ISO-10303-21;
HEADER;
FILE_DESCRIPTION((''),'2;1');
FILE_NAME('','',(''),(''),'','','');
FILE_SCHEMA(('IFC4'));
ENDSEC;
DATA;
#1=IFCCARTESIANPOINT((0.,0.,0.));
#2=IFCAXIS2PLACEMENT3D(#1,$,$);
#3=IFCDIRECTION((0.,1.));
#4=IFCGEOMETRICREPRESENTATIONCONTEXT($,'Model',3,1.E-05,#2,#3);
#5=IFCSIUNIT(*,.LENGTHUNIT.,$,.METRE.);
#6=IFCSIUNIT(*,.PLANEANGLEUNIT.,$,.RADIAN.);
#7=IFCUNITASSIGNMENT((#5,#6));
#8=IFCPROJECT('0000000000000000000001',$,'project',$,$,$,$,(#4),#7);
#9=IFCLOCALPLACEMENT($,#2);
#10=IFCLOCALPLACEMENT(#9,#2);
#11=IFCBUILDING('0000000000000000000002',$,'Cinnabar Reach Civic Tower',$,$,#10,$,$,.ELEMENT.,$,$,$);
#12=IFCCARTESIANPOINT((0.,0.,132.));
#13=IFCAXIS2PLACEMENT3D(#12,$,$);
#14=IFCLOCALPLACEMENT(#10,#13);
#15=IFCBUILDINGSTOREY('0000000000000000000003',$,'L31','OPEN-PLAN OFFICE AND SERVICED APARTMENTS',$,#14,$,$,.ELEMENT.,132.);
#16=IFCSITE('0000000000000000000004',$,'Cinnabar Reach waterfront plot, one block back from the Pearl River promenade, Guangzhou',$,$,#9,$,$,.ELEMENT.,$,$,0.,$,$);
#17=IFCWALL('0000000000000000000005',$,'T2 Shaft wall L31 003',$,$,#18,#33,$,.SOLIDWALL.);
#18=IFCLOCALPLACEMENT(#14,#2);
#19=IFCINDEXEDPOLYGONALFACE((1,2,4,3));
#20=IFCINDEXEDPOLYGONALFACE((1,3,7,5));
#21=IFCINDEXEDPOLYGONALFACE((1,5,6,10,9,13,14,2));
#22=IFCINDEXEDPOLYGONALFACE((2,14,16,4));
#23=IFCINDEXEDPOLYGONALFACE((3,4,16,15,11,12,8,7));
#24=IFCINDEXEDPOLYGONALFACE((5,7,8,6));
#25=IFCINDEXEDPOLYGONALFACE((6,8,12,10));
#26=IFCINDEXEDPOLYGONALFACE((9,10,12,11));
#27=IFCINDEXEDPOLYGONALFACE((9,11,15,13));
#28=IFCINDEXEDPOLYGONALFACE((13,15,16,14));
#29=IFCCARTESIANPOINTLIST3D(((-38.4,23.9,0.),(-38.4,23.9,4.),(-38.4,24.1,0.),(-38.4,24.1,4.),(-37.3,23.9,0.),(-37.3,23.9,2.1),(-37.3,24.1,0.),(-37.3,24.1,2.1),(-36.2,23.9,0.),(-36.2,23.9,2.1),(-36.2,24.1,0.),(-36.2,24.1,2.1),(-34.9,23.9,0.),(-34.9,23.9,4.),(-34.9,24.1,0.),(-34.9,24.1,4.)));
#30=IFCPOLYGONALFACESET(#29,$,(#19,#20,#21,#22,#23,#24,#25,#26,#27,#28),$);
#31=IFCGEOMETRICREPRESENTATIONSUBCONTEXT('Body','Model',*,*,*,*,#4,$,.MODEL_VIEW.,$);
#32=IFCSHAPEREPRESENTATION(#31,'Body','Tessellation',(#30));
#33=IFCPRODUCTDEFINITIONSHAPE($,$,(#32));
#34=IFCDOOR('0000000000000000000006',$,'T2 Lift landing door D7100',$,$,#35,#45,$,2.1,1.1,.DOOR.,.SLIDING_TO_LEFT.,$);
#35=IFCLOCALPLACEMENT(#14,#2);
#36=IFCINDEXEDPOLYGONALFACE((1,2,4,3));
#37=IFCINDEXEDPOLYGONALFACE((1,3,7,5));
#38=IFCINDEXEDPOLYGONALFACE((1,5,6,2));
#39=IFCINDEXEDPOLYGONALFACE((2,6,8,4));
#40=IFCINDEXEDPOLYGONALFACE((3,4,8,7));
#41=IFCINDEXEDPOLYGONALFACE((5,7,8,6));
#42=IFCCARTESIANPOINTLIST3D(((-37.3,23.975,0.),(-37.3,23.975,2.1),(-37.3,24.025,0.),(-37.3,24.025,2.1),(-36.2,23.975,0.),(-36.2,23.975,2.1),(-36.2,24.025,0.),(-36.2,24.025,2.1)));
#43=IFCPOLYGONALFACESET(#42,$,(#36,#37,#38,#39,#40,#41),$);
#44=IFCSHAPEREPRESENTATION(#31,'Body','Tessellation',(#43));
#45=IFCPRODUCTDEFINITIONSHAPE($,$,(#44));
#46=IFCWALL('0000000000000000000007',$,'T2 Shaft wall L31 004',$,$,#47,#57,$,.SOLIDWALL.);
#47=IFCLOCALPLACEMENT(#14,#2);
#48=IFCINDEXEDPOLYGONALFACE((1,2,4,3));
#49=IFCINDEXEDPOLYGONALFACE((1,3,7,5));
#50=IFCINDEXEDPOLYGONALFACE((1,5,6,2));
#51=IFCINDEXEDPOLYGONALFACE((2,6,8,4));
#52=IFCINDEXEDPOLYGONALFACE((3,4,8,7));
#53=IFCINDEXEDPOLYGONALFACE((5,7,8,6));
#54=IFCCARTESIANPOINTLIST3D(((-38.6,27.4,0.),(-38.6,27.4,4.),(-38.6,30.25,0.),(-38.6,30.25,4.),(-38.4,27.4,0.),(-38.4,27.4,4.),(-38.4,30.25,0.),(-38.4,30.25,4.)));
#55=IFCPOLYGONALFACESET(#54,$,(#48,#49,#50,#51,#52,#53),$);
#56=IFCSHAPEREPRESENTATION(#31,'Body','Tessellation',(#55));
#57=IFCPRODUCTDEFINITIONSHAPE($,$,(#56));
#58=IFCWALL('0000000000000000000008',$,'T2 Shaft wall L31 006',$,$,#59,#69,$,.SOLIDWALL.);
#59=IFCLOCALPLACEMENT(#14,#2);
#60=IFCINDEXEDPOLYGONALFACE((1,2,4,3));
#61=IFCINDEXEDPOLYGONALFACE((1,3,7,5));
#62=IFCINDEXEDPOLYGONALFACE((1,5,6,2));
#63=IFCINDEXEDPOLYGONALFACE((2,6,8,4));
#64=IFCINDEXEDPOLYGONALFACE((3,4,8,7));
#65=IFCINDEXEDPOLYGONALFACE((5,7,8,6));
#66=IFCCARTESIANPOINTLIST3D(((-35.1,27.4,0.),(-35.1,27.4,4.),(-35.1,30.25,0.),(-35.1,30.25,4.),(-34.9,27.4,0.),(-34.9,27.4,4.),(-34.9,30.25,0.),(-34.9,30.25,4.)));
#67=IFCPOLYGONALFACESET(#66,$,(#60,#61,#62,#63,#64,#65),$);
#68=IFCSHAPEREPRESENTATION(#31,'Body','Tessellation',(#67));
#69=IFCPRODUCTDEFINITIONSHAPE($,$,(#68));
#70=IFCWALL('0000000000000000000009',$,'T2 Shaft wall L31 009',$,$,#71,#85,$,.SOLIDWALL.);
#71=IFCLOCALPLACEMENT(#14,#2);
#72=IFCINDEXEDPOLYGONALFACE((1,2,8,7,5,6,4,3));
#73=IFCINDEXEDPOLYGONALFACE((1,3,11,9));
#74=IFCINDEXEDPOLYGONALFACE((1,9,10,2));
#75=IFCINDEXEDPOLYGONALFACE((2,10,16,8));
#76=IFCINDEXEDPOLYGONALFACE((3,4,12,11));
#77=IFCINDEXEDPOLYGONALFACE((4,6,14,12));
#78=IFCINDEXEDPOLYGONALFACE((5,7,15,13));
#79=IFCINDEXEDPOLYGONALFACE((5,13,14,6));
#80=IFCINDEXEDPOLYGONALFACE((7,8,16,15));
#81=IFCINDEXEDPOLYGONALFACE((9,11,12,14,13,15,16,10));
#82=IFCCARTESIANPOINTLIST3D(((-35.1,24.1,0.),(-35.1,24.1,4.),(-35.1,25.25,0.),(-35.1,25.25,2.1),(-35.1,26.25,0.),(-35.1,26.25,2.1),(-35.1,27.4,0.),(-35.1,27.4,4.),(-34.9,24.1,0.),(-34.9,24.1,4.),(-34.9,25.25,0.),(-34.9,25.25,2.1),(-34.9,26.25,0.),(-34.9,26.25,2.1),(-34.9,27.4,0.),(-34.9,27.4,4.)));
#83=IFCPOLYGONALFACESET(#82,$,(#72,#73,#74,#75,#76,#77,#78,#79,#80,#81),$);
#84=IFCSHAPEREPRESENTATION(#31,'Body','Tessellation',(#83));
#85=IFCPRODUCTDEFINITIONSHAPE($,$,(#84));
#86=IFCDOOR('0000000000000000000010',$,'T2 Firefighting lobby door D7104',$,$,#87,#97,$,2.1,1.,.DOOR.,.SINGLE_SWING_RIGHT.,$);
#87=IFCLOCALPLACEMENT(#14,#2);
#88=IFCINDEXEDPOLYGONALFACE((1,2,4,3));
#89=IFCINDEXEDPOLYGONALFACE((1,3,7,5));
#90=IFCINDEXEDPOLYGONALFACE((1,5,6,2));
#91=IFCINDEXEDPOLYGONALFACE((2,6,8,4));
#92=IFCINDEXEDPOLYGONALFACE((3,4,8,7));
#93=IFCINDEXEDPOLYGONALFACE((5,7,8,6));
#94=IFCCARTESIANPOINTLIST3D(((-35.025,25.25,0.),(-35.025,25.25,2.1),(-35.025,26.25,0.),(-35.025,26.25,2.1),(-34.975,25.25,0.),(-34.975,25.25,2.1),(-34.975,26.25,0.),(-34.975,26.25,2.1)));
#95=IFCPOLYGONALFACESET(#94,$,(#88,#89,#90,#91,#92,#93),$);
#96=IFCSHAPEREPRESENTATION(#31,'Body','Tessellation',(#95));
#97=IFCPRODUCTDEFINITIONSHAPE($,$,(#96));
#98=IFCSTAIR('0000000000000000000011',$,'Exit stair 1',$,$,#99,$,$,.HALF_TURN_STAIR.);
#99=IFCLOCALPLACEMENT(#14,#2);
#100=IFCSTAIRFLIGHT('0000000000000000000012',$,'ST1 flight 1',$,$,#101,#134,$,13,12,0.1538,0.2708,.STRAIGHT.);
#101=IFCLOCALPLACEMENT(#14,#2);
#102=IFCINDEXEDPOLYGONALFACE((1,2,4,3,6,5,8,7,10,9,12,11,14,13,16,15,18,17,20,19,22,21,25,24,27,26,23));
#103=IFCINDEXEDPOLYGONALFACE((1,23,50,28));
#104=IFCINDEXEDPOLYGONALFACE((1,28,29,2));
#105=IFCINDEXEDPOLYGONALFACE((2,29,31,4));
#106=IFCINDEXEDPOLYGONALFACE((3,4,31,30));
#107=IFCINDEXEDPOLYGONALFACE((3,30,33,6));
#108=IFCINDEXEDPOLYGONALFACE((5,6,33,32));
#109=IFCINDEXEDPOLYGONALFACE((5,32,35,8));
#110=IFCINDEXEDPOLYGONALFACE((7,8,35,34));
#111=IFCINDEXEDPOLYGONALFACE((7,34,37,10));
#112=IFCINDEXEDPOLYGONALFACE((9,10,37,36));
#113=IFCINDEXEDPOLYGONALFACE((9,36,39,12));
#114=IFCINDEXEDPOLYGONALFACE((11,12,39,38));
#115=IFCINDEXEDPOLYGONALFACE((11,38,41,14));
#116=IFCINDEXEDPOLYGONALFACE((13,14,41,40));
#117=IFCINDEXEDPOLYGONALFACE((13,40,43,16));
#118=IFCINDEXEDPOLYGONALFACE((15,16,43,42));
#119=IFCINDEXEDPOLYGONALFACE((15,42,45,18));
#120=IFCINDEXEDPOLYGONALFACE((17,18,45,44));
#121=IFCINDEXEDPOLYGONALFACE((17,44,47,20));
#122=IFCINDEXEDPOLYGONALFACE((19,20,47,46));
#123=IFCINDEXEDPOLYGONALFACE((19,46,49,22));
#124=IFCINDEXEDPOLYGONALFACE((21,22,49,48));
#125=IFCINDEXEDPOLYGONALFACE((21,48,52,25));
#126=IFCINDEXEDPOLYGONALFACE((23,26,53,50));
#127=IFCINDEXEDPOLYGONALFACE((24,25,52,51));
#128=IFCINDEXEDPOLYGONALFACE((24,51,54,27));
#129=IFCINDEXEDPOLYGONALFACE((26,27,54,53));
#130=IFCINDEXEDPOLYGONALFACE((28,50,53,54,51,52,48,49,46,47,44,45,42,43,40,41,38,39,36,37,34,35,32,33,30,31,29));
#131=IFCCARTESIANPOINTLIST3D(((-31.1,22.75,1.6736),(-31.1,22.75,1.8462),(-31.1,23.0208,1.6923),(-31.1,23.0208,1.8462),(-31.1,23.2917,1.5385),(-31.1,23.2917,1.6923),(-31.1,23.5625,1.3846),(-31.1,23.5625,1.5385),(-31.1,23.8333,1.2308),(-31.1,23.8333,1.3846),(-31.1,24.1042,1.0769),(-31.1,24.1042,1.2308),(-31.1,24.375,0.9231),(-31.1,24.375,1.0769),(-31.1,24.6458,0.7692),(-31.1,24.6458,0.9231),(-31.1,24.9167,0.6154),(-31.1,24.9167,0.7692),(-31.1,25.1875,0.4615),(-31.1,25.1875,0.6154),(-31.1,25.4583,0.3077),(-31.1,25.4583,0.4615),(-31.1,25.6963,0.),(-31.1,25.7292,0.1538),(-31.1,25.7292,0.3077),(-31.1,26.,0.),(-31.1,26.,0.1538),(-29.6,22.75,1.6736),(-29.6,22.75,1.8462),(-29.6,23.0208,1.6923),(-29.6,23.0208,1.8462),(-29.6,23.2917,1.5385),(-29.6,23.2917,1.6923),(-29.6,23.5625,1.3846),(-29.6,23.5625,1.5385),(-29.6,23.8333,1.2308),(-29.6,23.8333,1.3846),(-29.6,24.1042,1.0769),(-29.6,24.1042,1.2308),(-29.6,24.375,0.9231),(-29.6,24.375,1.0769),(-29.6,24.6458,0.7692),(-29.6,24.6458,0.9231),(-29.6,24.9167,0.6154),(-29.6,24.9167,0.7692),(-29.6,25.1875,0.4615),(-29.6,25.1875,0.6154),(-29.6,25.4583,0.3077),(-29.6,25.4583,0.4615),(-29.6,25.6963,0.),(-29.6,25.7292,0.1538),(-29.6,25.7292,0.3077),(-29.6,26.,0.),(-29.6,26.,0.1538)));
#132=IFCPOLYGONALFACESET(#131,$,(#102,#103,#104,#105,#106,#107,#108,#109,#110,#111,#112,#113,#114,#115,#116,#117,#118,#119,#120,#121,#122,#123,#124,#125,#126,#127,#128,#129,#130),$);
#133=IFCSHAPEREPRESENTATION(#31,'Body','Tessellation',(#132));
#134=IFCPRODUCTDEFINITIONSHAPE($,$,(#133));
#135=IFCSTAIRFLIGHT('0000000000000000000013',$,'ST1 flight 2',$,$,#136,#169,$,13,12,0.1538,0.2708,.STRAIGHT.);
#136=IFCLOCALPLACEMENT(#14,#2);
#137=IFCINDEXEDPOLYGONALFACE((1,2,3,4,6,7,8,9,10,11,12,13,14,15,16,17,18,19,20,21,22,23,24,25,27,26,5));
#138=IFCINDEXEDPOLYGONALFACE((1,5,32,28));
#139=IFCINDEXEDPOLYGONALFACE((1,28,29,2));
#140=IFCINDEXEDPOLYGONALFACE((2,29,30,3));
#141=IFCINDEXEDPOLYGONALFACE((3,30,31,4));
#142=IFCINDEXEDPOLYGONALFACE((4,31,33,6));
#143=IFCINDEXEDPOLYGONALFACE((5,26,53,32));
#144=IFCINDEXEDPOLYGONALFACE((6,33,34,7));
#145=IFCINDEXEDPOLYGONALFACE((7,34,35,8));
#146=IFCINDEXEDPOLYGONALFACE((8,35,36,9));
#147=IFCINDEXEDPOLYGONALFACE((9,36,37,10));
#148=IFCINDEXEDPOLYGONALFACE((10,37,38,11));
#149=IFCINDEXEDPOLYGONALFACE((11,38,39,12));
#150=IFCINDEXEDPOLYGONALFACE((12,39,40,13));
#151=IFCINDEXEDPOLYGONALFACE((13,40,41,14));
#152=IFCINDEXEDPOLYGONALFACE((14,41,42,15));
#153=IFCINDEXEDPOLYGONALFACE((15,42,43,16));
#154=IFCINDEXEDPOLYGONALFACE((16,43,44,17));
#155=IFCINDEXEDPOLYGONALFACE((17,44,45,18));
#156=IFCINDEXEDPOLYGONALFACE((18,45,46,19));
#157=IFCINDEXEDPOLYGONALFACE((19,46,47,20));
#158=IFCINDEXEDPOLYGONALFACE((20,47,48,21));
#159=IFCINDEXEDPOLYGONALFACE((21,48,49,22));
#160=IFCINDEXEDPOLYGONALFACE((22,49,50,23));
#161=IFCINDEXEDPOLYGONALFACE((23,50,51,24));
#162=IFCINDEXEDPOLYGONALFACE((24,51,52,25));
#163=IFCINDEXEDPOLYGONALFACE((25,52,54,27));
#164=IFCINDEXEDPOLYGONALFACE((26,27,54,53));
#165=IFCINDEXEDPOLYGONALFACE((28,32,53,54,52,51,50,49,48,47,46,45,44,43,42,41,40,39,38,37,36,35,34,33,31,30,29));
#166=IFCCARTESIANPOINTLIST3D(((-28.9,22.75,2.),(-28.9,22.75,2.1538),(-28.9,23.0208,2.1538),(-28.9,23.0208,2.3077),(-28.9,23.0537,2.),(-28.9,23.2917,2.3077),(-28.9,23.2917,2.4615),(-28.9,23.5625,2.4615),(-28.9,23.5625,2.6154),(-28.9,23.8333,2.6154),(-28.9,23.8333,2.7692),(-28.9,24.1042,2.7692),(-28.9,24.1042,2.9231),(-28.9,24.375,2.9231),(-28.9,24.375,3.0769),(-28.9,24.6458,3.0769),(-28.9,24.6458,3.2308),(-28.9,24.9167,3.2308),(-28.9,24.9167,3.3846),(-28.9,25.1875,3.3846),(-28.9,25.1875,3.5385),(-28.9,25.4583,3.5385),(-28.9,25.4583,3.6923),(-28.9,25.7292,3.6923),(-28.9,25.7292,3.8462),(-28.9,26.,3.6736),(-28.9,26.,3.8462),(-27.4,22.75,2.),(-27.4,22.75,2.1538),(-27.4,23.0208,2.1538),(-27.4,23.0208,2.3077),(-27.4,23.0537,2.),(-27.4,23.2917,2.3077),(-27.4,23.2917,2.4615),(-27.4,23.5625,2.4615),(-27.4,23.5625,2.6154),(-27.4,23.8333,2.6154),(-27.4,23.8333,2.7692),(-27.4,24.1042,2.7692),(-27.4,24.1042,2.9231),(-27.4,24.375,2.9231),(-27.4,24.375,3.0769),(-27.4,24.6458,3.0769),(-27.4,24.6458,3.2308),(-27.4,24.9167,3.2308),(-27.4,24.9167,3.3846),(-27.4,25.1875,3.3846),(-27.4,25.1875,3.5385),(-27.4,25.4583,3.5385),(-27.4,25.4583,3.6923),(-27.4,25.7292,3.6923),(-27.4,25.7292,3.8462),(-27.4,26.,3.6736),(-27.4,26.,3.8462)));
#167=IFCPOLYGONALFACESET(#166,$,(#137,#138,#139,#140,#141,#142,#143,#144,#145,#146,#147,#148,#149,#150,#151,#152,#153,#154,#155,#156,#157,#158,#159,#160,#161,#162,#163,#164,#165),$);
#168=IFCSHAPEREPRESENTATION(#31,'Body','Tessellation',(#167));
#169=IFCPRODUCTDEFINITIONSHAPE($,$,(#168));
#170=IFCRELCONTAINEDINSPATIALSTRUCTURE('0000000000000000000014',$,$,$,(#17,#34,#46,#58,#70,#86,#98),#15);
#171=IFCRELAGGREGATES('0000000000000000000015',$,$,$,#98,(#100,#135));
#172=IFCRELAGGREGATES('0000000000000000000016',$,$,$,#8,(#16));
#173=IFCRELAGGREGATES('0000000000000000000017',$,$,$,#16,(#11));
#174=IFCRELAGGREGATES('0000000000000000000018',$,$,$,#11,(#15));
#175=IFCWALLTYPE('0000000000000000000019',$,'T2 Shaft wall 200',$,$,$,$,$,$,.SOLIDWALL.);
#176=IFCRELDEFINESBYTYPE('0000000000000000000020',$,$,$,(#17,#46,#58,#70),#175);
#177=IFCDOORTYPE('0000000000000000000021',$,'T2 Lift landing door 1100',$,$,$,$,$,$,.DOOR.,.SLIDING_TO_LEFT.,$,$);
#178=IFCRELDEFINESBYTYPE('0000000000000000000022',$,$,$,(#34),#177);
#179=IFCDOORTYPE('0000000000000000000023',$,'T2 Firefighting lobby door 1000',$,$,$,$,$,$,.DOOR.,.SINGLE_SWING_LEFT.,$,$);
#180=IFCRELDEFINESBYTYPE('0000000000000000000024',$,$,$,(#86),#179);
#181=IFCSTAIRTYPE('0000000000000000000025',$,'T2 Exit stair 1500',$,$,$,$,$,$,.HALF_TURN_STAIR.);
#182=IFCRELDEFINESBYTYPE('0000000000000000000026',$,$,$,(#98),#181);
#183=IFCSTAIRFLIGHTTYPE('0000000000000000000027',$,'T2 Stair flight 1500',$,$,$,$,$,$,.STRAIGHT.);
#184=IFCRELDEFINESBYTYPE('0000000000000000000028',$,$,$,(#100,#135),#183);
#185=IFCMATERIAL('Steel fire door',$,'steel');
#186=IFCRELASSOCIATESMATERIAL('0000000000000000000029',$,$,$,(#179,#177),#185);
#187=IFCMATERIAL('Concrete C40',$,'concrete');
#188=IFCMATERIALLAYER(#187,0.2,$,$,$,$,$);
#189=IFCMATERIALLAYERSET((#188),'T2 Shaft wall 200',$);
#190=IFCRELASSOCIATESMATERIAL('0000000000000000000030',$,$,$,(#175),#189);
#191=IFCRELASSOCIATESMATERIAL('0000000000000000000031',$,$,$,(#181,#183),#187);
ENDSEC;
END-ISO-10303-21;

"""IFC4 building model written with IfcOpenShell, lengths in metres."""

from ifc_helpers import new_model, si_unit, direction, frame, frame_2d, origin, place, context, subcontext, project, spatial, polyline, rectangle, outline, extrude, material, layer, layer_set, type_object, element, fill, aggregate, save


model = new_model("IFC4")

# Units and contexts
model_context = context("Model", 3, precision=1e-05, world=origin(), true_north=direction((0.0, 1.0)))
body_context = subcontext(model_context, "Body", "Model", "MODEL_VIEW")
ifc_project = project(units=[si_unit("LENGTHUNIT", "METRE"), si_unit("PLANEANGLEUNIT", "RADIAN")], contexts=[model_context])

# Site, building, storey
site_placement = place(None, origin())
site = spatial("IfcSite", under=ifc_project, at=site_placement, Name="Cinnabar Reach waterfront plot, one block back from the Pearl River promenade, Guangzhou", CompositionType="ELEMENT", RefElevation=0.0)
building_placement = place(site_placement, origin())
building = spatial("IfcBuilding", under=site, at=building_placement, Name="Cinnabar Reach Civic Tower", CompositionType="ELEMENT")
storey_placement = place(building_placement, frame((0.0, 0.0, 132.0)))
storey = spatial("IfcBuildingStorey", under=building, at=storey_placement, Name="L31", Description="OPEN-PLAN OFFICE AND SERVICED APARTMENTS", CompositionType="ELEMENT", Elevation=132.0)

# Shared definitions
ifc_material_1 = material(Name="Steel fire door", Category="steel")
door_type_1 = type_object("IfcDoorType", Name="T2 Firefighting lobby door 1000", OperationType="SINGLE_SWING_LEFT", PredefinedType="DOOR", material=ifc_material_1)

# Shared definitions
ifc_material_2 = material(Name="Concrete C40", Category="concrete")
ifc_layer_1 = layer(ifc_material_2, 0.2)
ifc_layer_set_1 = layer_set([ifc_layer_1], Name="T2 Shaft wall 200")
wall_type_1 = type_object("IfcWallType", Name="T2 Shaft wall 200", PredefinedType="SOLIDWALL", material=ifc_layer_set_1)

# Wall, opening, door
door_type_2 = type_object("IfcDoorType", Name="T2 Lift landing door 1100", OperationType="SLIDING_TO_LEFT", PredefinedType="DOOR", material=ifc_material_1)
wall_1_placement = place(storey_placement, frame((-34.9, 24.0, 0.0), z_axis=(0.0, 0.0, 1.0), x_axis=(-1.0, 0.0, 0.0)))
wall_1 = element("IfcWall", 1, at=wall_1_placement, inside=storey, type_object=wall_type_1, Name="T2 Shaft wall L31 003", PredefinedType="SOLIDWALL", context=body_context, shape_type="SweptSolid", body=[
    extrude(rectangle(XDim=3.5, YDim=0.2, at=frame_2d((1.75, 0.0))), origin(), (0.0, 0.0, 1.0), 4.0),
])
opening_1_placement = place(wall_1_placement, frame((1.3, 0.0, 0.0)))
opening_1 = element("IfcOpeningElement", 2, at=opening_1_placement, cuts=wall_1, PredefinedType="OPENING", context=body_context, shape_type="SweptSolid", body=[
    extrude(rectangle(XDim=1.1, YDim=2.1, at=frame_2d((0.55, 1.05))), frame((0.0, 0.11, 0.0), z_axis=(0.0, -1.0, 0.0), x_axis=(1.0, 0.0, 0.0)), (0.0, 0.0, 1.0), 0.22),
])
door_1_placement = place(opening_1_placement, origin())
door_1 = element("IfcDoor", 3, at=door_1_placement, inside=storey, type_object=door_type_2, Name="T2 Lift landing door D7100", OperationType="SLIDING_TO_LEFT", OverallHeight=2.1, OverallWidth=1.1, PredefinedType="DOOR", context=body_context, shape_type="SweptSolid", body=[
    extrude(rectangle(XDim=1.1, YDim=2.1, at=frame_2d((0.55, 1.05))), frame((0.0, 0.025, 0.0), z_axis=(0.0, -1.0, 0.0), x_axis=(1.0, 0.0, 0.0)), (0.0, 0.0, 1.0), 0.05),
])
fill(opening_1, door_1)

# Walls
for number, where, z_axis, x_axis, name in (
    (4, (-38.5, 27.4, 0.0), (0.0, 0.0, 1.0), (0.0, 1.0, 0.0), "T2 Shaft wall L31 004"),
    (5, (-35.0, 27.4, 0.0), (0.0, 0.0, 1.0), (0.0, 1.0, 0.0), "T2 Shaft wall L31 006"),
):
    element("IfcWall", number, at=place(storey_placement, frame(where, z_axis=z_axis, x_axis=x_axis)), inside=storey, type_object=wall_type_1, Name=name, PredefinedType="SOLIDWALL", context=body_context, shape_type="SweptSolid", body=[
        extrude(rectangle(XDim=2.85, YDim=0.2, at=frame_2d((1.425, 0.0))), origin(), (0.0, 0.0, 1.0), 4.0),
    ])

# Wall, opening, door
wall_2_placement = place(storey_placement, frame((-35.0, 24.1, 0.0), z_axis=(0.0, 0.0, 1.0), x_axis=(0.0, 1.0, 0.0)))
wall_2 = element("IfcWall", 6, at=wall_2_placement, inside=storey, type_object=wall_type_1, Name="T2 Shaft wall L31 009", PredefinedType="SOLIDWALL", context=body_context, shape_type="SweptSolid", body=[
    extrude(rectangle(XDim=3.3, YDim=0.2, at=frame_2d((1.65, 0.0))), origin(), (0.0, 0.0, 1.0), 4.0),
])
opening_2_placement = place(wall_2_placement, frame((1.15, 0.0, 0.0)))
opening_2 = element("IfcOpeningElement", 7, at=opening_2_placement, cuts=wall_2, PredefinedType="OPENING", context=body_context, shape_type="SweptSolid", body=[
    extrude(rectangle(XDim=1.0, YDim=2.1, at=frame_2d((0.5, 1.05))), frame((0.0, 0.11, 0.0), z_axis=(0.0, -1.0, 0.0), x_axis=(1.0, 0.0, 0.0)), (0.0, 0.0, 1.0), 0.22),
])
door_2_placement = place(opening_2_placement, origin())
door_2 = element("IfcDoor", 8, at=door_2_placement, inside=storey, type_object=door_type_1, Name="T2 Firefighting lobby door D7104", OperationType="SINGLE_SWING_RIGHT", OverallHeight=2.1, OverallWidth=1.0, PredefinedType="DOOR", context=body_context, shape_type="SweptSolid", body=[
    extrude(rectangle(XDim=1.0, YDim=2.1, at=frame_2d((0.5, 1.05))), frame((0.0, 0.025, 0.0), z_axis=(0.0, -1.0, 0.0), x_axis=(1.0, 0.0, 0.0)), (0.0, 0.0, 1.0), 0.05),
])
fill(opening_2, door_2)

# Stair, stair flights
stair_type = type_object("IfcStairType", Name="T2 Exit stair 1500", PredefinedType="HALF_TURN_STAIR", material=ifc_material_2)
stair_placement = place(storey_placement, origin())
stair = element("IfcStair", 9, at=stair_placement, inside=storey, type_object=stair_type, Name="Exit stair 1", PredefinedType="HALF_TURN_STAIR")
stair_flight_type = type_object("IfcStairFlightType", Name="T2 Stair flight 1500", PredefinedType="STRAIGHT", material=ifc_material_2)
stair_flight_1_placement = place(storey_placement, frame((-30.35, 26.0, 0.0), z_axis=(0.0, 0.0, 1.0), x_axis=(0.0, -1.0, 0.0)))
stair_flight_1 = element("IfcStairFlight", 10, at=stair_flight_1_placement, type_object=stair_flight_type, Name="ST1 flight 1", NumberOfRisers=13, NumberOfTreads=12, PredefinedType="STRAIGHT", RiserHeight=0.1538, TreadLength=0.2708, context=body_context, shape_type="SweptSolid", body=[
    extrude(outline(polyline([(0.0, 0.0), (0.0, 0.1538), (0.2708, 0.1538), (0.2708, 0.3077), (0.5417, 0.3077), (0.5417, 0.4615), (0.8125, 0.4615), (0.8125, 0.6154), (1.0833, 0.6154), (1.0833, 0.7692), (1.3542, 0.7692), (1.3542, 0.9231), (1.625, 0.9231), (1.625, 1.0769), (1.8958, 1.0769), (1.8958, 1.2308), (2.1667, 1.2308), (2.1667, 1.3846), (2.4375, 1.3846), (2.4375, 1.5385), (2.7083, 1.5385), (2.7083, 1.6923), (2.9792, 1.6923), (2.9792, 1.8462), (3.25, 1.8462), (3.25, 2.0), (3.25, 1.6736), (0.3037, 0.0), (0.0, 0.0)])), frame((0.0, 0.75, 0.0), z_axis=(0.0, -1.0, 0.0), x_axis=(1.0, 0.0, 0.0)), (0.0, 0.0, 1.0), 1.5),
])
stair_flight_2_placement = place(storey_placement, frame((-28.15, 22.75, 2.0), z_axis=(0.0, 0.0, 1.0), x_axis=(0.0, 1.0, 0.0)))
stair_flight_2 = element("IfcStairFlight", 11, at=stair_flight_2_placement, type_object=stair_flight_type, Name="ST1 flight 2", NumberOfRisers=13, NumberOfTreads=12, PredefinedType="STRAIGHT", RiserHeight=0.1538, TreadLength=0.2708, context=body_context, shape_type="SweptSolid", body=[
    extrude(outline(polyline([(0.0, 0.0), (0.0, 0.1538), (0.2708, 0.1538), (0.2708, 0.3077), (0.5417, 0.3077), (0.5417, 0.4615), (0.8125, 0.4615), (0.8125, 0.6154), (1.0833, 0.6154), (1.0833, 0.7692), (1.3542, 0.7692), (1.3542, 0.9231), (1.625, 0.9231), (1.625, 1.0769), (1.8958, 1.0769), (1.8958, 1.2308), (2.1667, 1.2308), (2.1667, 1.3846), (2.4375, 1.3846), (2.4375, 1.5385), (2.7083, 1.5385), (2.7083, 1.6923), (2.9792, 1.6923), (2.9792, 1.8462), (3.25, 1.8462), (3.25, 2.0), (3.25, 1.6736), (0.3037, 0.0), (0.0, 0.0)])), frame((0.0, 0.75, 0.0), z_axis=(0.0, -1.0, 0.0), x_axis=(1.0, 0.0, 0.0)), (0.0, 0.0, 1.0), 1.5),
])
aggregate(stair, [stair_flight_1, stair_flight_2])

save(model, "model.ifc")
